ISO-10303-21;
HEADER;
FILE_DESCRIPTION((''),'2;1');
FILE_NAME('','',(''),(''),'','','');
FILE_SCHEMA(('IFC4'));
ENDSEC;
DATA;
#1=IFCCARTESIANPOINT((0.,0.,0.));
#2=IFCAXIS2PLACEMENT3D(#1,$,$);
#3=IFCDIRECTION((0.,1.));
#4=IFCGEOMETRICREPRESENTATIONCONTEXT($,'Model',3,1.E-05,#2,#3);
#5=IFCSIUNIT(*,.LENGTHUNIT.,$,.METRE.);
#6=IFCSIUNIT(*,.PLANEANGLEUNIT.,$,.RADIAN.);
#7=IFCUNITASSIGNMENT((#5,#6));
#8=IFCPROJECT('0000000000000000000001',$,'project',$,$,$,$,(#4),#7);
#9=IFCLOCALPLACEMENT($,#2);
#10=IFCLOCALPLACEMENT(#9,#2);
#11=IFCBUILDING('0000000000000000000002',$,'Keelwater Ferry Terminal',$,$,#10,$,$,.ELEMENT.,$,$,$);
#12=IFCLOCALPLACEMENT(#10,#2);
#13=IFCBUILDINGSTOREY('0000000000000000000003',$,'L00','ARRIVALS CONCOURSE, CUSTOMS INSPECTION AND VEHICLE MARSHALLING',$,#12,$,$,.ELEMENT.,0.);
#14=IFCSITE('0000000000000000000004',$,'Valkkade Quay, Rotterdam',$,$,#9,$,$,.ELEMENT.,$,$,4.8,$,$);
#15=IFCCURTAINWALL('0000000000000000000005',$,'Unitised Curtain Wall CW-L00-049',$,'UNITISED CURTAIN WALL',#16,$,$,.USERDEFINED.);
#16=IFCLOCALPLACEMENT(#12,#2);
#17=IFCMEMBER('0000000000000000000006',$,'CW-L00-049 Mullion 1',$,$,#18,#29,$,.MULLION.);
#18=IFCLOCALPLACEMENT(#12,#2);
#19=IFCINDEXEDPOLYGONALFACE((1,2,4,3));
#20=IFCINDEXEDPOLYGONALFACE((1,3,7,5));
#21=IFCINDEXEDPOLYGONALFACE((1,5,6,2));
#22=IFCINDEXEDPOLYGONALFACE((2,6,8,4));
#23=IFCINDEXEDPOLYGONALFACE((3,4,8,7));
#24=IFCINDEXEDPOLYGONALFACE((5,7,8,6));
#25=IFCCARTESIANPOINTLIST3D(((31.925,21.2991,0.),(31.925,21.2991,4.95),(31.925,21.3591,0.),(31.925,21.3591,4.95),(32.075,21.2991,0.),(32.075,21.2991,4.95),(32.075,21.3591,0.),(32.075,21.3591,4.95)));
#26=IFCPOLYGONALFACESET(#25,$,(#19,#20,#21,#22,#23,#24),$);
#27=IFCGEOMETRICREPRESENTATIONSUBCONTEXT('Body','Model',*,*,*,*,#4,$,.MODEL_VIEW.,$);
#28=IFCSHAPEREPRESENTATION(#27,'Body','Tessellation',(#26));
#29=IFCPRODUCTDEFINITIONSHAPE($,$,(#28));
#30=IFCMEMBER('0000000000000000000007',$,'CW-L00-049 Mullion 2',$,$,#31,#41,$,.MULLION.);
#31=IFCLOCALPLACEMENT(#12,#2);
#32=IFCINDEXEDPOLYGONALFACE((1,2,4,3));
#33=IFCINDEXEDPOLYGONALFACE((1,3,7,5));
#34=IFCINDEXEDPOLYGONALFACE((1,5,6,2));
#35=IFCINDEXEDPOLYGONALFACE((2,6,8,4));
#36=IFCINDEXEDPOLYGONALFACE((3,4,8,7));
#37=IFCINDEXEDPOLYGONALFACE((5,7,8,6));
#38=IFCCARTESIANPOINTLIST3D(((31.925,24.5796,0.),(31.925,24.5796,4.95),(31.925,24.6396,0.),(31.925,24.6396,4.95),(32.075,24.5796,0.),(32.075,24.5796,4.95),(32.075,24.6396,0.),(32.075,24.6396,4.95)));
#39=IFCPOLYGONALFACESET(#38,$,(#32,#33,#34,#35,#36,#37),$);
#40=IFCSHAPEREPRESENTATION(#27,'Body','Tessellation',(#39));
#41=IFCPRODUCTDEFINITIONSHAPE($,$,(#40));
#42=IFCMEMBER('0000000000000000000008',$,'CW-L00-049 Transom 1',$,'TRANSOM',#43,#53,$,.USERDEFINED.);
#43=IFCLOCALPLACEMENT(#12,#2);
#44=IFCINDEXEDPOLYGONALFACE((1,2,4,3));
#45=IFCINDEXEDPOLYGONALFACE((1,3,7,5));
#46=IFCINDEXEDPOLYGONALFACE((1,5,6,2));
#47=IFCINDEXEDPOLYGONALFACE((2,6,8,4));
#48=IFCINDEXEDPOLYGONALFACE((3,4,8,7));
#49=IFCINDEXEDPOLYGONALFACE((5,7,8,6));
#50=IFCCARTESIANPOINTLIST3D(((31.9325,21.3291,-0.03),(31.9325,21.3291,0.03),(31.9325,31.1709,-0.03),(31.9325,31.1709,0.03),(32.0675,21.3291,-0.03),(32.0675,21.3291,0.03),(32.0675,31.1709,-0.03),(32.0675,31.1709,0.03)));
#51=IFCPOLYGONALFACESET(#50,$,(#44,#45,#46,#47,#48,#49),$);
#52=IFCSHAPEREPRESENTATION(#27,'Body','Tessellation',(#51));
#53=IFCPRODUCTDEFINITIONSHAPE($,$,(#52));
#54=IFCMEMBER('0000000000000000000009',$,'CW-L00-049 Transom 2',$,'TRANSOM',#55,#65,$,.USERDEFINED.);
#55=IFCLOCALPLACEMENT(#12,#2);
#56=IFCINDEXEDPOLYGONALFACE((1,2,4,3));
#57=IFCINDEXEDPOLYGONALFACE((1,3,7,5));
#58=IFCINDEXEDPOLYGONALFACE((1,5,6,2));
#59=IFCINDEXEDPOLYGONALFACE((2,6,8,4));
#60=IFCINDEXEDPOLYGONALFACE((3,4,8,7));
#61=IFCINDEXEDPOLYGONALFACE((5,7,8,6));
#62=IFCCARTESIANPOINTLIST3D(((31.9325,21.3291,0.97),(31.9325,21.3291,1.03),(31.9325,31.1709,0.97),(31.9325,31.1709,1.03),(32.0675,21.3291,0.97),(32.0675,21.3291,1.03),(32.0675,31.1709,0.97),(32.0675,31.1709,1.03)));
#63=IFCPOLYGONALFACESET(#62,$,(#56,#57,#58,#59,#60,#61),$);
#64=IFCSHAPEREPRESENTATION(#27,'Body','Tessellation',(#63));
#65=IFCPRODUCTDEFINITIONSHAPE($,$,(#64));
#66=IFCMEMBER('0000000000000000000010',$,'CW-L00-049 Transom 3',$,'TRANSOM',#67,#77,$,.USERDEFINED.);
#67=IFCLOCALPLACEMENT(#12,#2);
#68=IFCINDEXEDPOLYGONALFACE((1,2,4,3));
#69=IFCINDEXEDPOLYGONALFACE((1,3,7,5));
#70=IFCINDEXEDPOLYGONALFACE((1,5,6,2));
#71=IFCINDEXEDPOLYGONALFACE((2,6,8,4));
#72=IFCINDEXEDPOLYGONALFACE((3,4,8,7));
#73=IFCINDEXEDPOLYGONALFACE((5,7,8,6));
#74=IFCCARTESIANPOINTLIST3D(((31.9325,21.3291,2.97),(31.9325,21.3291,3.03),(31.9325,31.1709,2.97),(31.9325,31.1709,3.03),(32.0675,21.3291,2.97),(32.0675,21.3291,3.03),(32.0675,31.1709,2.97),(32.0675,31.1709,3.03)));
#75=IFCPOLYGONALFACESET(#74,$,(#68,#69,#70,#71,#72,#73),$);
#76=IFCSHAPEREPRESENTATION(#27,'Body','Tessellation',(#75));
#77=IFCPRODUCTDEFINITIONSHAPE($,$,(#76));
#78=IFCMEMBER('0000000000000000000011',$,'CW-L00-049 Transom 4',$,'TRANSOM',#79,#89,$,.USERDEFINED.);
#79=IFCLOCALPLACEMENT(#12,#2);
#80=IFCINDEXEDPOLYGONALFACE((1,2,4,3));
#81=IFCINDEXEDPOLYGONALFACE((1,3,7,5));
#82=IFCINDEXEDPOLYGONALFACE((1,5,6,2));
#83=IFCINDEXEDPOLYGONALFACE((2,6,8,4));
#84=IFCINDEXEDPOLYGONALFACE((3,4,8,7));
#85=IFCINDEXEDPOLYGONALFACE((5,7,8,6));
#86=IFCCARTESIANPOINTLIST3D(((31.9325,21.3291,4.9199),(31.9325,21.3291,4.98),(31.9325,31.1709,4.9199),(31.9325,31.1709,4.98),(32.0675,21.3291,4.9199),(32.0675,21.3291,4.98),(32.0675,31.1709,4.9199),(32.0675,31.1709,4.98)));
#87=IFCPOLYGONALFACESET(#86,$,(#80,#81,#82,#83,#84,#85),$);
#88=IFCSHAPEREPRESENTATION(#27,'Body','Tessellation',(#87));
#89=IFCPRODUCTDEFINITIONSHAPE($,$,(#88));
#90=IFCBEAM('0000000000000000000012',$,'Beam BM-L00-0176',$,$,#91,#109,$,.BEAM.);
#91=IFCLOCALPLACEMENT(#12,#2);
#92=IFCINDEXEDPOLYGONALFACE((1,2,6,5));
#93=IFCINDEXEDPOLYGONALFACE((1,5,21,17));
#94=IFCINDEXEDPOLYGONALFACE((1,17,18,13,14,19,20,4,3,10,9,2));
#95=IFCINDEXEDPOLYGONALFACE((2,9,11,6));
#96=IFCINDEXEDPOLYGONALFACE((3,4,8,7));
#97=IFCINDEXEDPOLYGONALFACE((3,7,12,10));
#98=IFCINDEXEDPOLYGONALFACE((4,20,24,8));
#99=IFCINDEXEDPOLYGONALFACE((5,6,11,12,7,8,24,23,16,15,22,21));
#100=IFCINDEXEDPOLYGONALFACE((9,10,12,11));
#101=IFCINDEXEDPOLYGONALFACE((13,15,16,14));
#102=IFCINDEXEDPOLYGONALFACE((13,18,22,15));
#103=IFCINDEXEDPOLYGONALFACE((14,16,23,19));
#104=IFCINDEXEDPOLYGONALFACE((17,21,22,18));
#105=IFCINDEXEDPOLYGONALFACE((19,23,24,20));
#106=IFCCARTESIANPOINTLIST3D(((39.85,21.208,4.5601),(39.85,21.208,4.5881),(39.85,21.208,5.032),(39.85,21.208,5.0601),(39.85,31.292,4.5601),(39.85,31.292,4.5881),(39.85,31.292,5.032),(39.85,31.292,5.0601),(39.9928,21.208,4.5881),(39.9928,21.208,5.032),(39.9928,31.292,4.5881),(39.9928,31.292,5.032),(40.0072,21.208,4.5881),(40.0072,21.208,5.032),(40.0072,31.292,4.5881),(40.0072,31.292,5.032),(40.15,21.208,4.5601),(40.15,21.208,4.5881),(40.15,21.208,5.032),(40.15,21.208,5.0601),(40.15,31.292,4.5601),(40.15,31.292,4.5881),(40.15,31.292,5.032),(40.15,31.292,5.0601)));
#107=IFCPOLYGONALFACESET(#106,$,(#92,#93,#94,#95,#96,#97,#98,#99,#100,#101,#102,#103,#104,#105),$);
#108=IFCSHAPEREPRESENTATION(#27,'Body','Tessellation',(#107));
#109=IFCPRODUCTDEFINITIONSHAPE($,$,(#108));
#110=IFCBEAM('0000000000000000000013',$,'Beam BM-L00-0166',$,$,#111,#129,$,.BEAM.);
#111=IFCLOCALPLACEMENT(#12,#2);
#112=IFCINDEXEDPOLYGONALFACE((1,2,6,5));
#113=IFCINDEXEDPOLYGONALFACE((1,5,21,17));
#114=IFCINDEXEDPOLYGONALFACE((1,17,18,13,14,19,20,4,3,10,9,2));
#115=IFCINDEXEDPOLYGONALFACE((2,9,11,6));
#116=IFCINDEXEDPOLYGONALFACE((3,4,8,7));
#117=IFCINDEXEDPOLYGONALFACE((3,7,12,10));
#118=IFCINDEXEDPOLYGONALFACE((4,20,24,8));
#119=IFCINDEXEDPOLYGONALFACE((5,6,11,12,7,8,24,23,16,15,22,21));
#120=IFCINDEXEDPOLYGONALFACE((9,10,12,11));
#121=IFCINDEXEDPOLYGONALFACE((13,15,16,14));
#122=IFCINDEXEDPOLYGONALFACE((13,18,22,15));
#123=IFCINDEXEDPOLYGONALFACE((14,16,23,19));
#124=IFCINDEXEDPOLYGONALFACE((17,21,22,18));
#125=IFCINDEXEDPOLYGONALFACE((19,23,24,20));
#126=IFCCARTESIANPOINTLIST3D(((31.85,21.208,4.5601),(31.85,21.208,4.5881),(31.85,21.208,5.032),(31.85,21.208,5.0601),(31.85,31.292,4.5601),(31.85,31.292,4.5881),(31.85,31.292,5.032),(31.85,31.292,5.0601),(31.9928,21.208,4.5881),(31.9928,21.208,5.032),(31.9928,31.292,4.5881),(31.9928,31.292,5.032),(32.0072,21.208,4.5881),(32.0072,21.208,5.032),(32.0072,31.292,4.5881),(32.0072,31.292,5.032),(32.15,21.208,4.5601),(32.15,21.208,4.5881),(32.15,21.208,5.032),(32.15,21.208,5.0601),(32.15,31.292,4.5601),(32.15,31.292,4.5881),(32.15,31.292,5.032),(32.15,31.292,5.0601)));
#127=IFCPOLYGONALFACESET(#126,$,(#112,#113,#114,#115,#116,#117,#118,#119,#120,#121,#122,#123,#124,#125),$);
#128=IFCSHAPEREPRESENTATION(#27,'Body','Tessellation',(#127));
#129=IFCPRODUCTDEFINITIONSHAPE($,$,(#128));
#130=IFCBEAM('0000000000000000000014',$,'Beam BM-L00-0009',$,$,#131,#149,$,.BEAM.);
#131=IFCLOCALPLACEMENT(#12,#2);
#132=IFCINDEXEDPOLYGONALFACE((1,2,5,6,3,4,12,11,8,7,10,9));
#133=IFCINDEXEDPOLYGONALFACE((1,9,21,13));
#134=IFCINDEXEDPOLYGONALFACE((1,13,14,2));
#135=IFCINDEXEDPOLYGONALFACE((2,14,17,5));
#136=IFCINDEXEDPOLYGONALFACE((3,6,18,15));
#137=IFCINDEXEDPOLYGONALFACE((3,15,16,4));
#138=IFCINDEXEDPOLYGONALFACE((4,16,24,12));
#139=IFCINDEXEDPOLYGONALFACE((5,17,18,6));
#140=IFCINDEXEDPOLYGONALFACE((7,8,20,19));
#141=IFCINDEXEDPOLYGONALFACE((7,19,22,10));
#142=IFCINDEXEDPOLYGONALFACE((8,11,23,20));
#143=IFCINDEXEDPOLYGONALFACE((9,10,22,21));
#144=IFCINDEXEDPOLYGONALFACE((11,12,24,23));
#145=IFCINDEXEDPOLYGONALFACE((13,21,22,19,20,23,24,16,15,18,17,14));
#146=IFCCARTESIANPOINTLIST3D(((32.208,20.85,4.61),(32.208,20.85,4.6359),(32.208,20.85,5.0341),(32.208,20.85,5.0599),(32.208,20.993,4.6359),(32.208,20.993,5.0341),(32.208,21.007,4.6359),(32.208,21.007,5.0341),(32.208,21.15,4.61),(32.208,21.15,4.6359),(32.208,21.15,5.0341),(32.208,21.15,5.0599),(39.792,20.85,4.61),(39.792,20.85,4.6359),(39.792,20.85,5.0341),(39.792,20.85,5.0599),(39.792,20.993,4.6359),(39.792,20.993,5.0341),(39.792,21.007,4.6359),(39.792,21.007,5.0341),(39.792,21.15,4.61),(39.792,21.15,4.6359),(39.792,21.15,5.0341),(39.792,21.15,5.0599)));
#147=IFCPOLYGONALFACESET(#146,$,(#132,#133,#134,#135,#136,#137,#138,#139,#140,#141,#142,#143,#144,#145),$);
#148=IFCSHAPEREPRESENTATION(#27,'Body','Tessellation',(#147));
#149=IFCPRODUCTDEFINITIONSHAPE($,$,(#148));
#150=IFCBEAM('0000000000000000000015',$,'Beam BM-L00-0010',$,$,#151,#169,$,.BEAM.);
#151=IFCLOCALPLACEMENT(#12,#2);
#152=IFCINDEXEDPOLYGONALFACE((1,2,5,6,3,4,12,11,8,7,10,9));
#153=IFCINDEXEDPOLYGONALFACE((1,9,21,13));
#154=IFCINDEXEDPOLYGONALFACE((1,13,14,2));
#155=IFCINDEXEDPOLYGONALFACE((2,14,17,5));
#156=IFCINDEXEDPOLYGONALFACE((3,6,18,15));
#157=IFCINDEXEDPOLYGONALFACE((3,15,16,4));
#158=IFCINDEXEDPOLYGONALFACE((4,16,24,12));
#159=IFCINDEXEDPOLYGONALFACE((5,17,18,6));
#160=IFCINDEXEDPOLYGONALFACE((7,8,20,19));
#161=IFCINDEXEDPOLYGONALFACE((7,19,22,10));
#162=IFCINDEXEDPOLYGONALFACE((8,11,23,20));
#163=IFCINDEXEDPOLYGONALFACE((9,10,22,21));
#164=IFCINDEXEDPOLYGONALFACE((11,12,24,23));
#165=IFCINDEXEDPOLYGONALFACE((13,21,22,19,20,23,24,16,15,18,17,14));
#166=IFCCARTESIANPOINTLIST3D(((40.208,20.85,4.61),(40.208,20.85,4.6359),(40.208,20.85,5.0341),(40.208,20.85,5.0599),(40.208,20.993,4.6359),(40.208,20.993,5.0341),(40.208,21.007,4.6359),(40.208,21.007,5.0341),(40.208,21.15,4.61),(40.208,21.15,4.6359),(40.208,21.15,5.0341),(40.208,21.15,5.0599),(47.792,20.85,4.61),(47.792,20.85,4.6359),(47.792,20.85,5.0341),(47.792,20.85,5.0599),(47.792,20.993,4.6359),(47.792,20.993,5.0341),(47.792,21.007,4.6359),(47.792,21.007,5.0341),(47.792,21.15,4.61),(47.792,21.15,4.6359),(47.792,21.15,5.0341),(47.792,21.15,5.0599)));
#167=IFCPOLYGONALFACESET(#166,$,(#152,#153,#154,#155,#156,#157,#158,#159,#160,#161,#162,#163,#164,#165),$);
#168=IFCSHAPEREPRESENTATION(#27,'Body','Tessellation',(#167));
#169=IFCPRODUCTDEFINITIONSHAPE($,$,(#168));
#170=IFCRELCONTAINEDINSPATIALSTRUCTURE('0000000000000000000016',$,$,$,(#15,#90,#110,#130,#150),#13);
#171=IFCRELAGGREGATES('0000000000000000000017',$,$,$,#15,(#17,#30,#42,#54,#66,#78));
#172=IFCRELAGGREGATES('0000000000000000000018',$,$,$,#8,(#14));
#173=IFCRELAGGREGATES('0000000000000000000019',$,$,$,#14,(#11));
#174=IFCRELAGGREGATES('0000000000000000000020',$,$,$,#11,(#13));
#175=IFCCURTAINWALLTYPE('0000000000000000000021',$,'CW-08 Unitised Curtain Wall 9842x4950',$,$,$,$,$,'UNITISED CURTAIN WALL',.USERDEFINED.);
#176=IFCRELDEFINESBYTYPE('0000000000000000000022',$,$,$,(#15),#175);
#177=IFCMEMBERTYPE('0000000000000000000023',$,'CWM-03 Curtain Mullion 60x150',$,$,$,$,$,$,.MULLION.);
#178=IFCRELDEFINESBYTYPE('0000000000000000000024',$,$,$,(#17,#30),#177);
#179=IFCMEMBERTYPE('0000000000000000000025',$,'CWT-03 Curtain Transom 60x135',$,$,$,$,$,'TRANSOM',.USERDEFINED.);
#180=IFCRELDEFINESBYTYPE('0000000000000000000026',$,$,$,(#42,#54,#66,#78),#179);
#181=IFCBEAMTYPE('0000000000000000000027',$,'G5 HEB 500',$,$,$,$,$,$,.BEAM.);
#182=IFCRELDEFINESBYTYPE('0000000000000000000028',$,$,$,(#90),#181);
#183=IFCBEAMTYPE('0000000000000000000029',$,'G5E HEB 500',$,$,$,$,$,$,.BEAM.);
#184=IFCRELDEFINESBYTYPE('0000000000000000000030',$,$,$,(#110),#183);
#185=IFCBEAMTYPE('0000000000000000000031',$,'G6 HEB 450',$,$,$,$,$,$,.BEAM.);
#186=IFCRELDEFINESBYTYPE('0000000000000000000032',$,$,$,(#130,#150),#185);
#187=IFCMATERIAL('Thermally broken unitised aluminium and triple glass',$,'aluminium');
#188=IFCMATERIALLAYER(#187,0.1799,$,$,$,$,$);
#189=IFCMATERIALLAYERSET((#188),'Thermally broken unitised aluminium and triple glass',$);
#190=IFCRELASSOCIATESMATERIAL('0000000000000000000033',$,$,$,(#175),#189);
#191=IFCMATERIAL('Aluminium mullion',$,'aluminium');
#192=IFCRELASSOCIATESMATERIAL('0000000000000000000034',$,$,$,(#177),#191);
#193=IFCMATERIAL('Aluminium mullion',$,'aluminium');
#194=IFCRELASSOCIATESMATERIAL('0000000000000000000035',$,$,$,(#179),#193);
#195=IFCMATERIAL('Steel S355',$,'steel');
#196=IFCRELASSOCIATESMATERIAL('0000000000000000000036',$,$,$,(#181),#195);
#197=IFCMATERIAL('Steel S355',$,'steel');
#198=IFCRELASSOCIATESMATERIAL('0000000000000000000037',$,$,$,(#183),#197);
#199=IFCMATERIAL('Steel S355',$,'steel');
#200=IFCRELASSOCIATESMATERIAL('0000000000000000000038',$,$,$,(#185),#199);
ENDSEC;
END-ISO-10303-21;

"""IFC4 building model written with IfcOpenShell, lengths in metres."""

from ifc_helpers import new_model, si_unit, direction, frame, origin, origin_2d, place, context, subcontext, project, spatial, rectangle, i_section, extrude, material, layer, layer_set, material_profile, profile_set, type_object, element, aggregate, save


model = new_model("IFC4")

# Units and contexts
model_context = context("Model", 3, precision=1e-05, world=origin(), true_north=direction((0.0, 1.0)))
body_context = subcontext(model_context, "Body", "Model", "MODEL_VIEW")
ifc_project = project(units=[si_unit("LENGTHUNIT", "METRE"), si_unit("PLANEANGLEUNIT", "RADIAN")], contexts=[model_context])

# Site, building, storey
site_placement = place(None, origin())
site = spatial("IfcSite", under=ifc_project, at=site_placement, Name="Valkkade Quay, Rotterdam", CompositionType="ELEMENT", RefElevation=4.8)
building_placement = place(site_placement, origin())
building = spatial("IfcBuilding", under=site, at=building_placement, Name="Keelwater Ferry Terminal", CompositionType="ELEMENT")
storey_placement = place(building_placement, origin())
storey = spatial("IfcBuildingStorey", under=building, at=storey_placement, Name="L00", Description="ARRIVALS CONCOURSE, CUSTOMS INSPECTION AND VEHICLE MARSHALLING", CompositionType="ELEMENT", Elevation=0.0)

# Curtain wall, members
ifc_material_1 = material(Name="Thermally broken unitised aluminium and triple glass", Category="aluminium")
ifc_layer_1 = layer(ifc_material_1, 0.1799)
ifc_layer_set_1 = layer_set([ifc_layer_1], Name="Thermally broken unitised aluminium and triple glass")
curtain_wall_type = type_object("IfcCurtainWallType", Name="CW-08 Unitised Curtain Wall 9842x4950", ElementType="UNITISED CURTAIN WALL", PredefinedType="USERDEFINED", material=ifc_layer_set_1)
curtain_wall_placement = place(storey_placement, origin())
curtain_wall = element("IfcCurtainWall", 1, at=curtain_wall_placement, inside=storey, type_object=curtain_wall_type, Name="Unitised Curtain Wall CW-L00-049", ObjectType="UNITISED CURTAIN WALL", PredefinedType="USERDEFINED")
ifc_material_2 = material(Name="Aluminium mullion", Category="aluminium")
ifc_material_profile_1 = material_profile(ifc_material_2, rectangle(XDim=0.0601, YDim=0.1499, at=origin_2d()), Name="CWM-03")
ifc_profile_set_1 = profile_set([ifc_material_profile_1], Name="Aluminium mullion")
member_type_1 = type_object("IfcMemberType", Name="CWM-03 Curtain Mullion 60x150", PredefinedType="MULLION", material=ifc_profile_set_1)
member_1_placement = place(storey_placement, frame((32.0, 21.3291, 0.0), z_axis=(0.0, 0.0, 1.0), x_axis=(0.0, 1.0, 0.0)))
member_1 = element("IfcMember", 2, at=member_1_placement, type_object=member_type_1, Name="CW-L00-049 Mullion 1", PredefinedType="MULLION", context=body_context, shape_type="SweptSolid", body=[
    extrude(rectangle(XDim=0.0601, YDim=0.1499, at=origin_2d()), origin(), (0.0, 0.0, 1.0), 4.95),
])
member_2_placement = place(storey_placement, frame((32.0, 24.6096, 0.0), z_axis=(0.0, 0.0, 1.0), x_axis=(0.0, 1.0, 0.0)))
member_2 = element("IfcMember", 3, at=member_2_placement, type_object=member_type_1, Name="CW-L00-049 Mullion 2", PredefinedType="MULLION", context=body_context, shape_type="SweptSolid", body=[
    extrude(rectangle(XDim=0.0601, YDim=0.1499, at=origin_2d()), origin(), (0.0, 0.0, 1.0), 4.95),
])
ifc_material_3 = material(Name="Aluminium mullion", Category="aluminium")
ifc_material_profile_2 = material_profile(ifc_material_3, rectangle(XDim=0.135, YDim=0.0601, at=origin_2d()), Name="CWT-03")
ifc_profile_set_2 = profile_set([ifc_material_profile_2], Name="Aluminium mullion")
member_type_2 = type_object("IfcMemberType", Name="CWT-03 Curtain Transom 60x135", ElementType="TRANSOM", PredefinedType="USERDEFINED", material=ifc_profile_set_2)
member_3_placement = place(storey_placement, frame((32.0, 21.3291, 0.0), z_axis=(0.0, 1.0, 0.0), x_axis=(-1.0, 0.0, 0.0)))
member_3 = element("IfcMember", 4, at=member_3_placement, type_object=member_type_2, Name="CW-L00-049 Transom 1", ObjectType="TRANSOM", PredefinedType="USERDEFINED", context=body_context, shape_type="SweptSolid", body=[
    extrude(rectangle(XDim=0.135, YDim=0.0601, at=origin_2d()), origin(), (0.0, 0.0, 1.0), 9.8418),
])
member_4_placement = place(storey_placement, frame((32.0, 21.3291, 1.0), z_axis=(0.0, 1.0, 0.0), x_axis=(-1.0, 0.0, 0.0)))
member_4 = element("IfcMember", 5, at=member_4_placement, type_object=member_type_2, Name="CW-L00-049 Transom 2", ObjectType="TRANSOM", PredefinedType="USERDEFINED", context=body_context, shape_type="SweptSolid", body=[
    extrude(rectangle(XDim=0.135, YDim=0.0601, at=origin_2d()), origin(), (0.0, 0.0, 1.0), 9.8418),
])
member_5_placement = place(storey_placement, frame((32.0, 21.3291, 3.0), z_axis=(0.0, 1.0, 0.0), x_axis=(-1.0, 0.0, 0.0)))
member_5 = element("IfcMember", 6, at=member_5_placement, type_object=member_type_2, Name="CW-L00-049 Transom 3", ObjectType="TRANSOM", PredefinedType="USERDEFINED", context=body_context, shape_type="SweptSolid", body=[
    extrude(rectangle(XDim=0.135, YDim=0.0601, at=origin_2d()), origin(), (0.0, 0.0, 1.0), 9.8418),
])
member_6_placement = place(storey_placement, frame((32.0, 21.3291, 4.95), z_axis=(0.0, 1.0, 0.0), x_axis=(-1.0, 0.0, 0.0)))
member_6 = element("IfcMember", 7, at=member_6_placement, type_object=member_type_2, Name="CW-L00-049 Transom 4", ObjectType="TRANSOM", PredefinedType="USERDEFINED", context=body_context, shape_type="SweptSolid", body=[
    extrude(rectangle(XDim=0.135, YDim=0.0601, at=origin_2d()), origin(), (0.0, 0.0, 1.0), 9.8418),
])

# Beams
ifc_material_4 = material(Name="Steel S355", Category="steel")
ifc_material_profile_3 = material_profile(ifc_material_4, i_section(OverallWidth=0.3, OverallDepth=0.5, WebThickness=0.0144, FlangeThickness=0.0281, at=origin_2d()), Name="HEB 500")
ifc_profile_set_3 = profile_set([ifc_material_profile_3], Name="Steel S355")
beam_type_1 = type_object("IfcBeamType", Name="G5 HEB 500", PredefinedType="BEAM", material=ifc_profile_set_3)
beam_1_placement = place(storey_placement, frame((40.0, 21.208, 4.8101), z_axis=(0.0, 1.0, 0.0), x_axis=(-1.0, 0.0, 0.0)))
element("IfcBeam", 8, at=beam_1_placement, inside=storey, type_object=beam_type_1, Name="Beam BM-L00-0176", PredefinedType="BEAM", context=body_context, shape_type="SweptSolid", body=[
    extrude(i_section(OverallWidth=0.3, OverallDepth=0.5, WebThickness=0.0144, FlangeThickness=0.0281, at=origin_2d()), origin(), (0.0, 0.0, 1.0), 10.084),
])
ifc_material_5 = material(Name="Steel S355", Category="steel")
ifc_material_profile_4 = material_profile(ifc_material_5, i_section(OverallWidth=0.3, OverallDepth=0.5, WebThickness=0.0144, FlangeThickness=0.0281, at=origin_2d()), Name="HEB 500")
ifc_profile_set_4 = profile_set([ifc_material_profile_4], Name="Steel S355")
beam_type_2 = type_object("IfcBeamType", Name="G5E HEB 500", PredefinedType="BEAM", material=ifc_profile_set_4)
beam_2_placement = place(storey_placement, frame((32.0, 21.208, 4.8101), z_axis=(0.0, 1.0, 0.0), x_axis=(-1.0, 0.0, 0.0)))
element("IfcBeam", 9, at=beam_2_placement, inside=storey, type_object=beam_type_2, Name="Beam BM-L00-0166", PredefinedType="BEAM", context=body_context, shape_type="SweptSolid", body=[
    extrude(i_section(OverallWidth=0.3, OverallDepth=0.5, WebThickness=0.0144, FlangeThickness=0.0281, at=origin_2d()), origin(), (0.0, 0.0, 1.0), 10.084),
])
ifc_material_6 = material(Name="Steel S355", Category="steel")
ifc_material_profile_5 = material_profile(ifc_material_6, i_section(OverallWidth=0.3, OverallDepth=0.45, WebThickness=0.0139, FlangeThickness=0.0259, at=origin_2d()), Name="HEB 450")
ifc_profile_set_5 = profile_set([ifc_material_profile_5], Name="Steel S355")
beam_type_3 = type_object("IfcBeamType", Name="G6 HEB 450", PredefinedType="BEAM", material=ifc_profile_set_5)
for number, where, z_axis, x_axis, name in (
    (10, (32.208, 21.0, 4.835), (1.0, 0.0, 0.0), (0.0, 1.0, 0.0), "Beam BM-L00-0009"),
    (11, (40.208, 21.0, 4.835), (1.0, 0.0, 0.0), (0.0, 1.0, 0.0), "Beam BM-L00-0010"),
):
    element("IfcBeam", number, at=place(storey_placement, frame(where, z_axis=z_axis, x_axis=x_axis)), inside=storey, type_object=beam_type_3, Name=name, PredefinedType="BEAM", context=body_context, shape_type="SweptSolid", body=[
        extrude(i_section(OverallWidth=0.3, OverallDepth=0.45, WebThickness=0.0139, FlangeThickness=0.0259, at=origin_2d()), origin(), (0.0, 0.0, 1.0), 7.584),
    ])

aggregate(curtain_wall, [member_1, member_2, member_3, member_4, member_5, member_6])

save(model, "model.ifc")
